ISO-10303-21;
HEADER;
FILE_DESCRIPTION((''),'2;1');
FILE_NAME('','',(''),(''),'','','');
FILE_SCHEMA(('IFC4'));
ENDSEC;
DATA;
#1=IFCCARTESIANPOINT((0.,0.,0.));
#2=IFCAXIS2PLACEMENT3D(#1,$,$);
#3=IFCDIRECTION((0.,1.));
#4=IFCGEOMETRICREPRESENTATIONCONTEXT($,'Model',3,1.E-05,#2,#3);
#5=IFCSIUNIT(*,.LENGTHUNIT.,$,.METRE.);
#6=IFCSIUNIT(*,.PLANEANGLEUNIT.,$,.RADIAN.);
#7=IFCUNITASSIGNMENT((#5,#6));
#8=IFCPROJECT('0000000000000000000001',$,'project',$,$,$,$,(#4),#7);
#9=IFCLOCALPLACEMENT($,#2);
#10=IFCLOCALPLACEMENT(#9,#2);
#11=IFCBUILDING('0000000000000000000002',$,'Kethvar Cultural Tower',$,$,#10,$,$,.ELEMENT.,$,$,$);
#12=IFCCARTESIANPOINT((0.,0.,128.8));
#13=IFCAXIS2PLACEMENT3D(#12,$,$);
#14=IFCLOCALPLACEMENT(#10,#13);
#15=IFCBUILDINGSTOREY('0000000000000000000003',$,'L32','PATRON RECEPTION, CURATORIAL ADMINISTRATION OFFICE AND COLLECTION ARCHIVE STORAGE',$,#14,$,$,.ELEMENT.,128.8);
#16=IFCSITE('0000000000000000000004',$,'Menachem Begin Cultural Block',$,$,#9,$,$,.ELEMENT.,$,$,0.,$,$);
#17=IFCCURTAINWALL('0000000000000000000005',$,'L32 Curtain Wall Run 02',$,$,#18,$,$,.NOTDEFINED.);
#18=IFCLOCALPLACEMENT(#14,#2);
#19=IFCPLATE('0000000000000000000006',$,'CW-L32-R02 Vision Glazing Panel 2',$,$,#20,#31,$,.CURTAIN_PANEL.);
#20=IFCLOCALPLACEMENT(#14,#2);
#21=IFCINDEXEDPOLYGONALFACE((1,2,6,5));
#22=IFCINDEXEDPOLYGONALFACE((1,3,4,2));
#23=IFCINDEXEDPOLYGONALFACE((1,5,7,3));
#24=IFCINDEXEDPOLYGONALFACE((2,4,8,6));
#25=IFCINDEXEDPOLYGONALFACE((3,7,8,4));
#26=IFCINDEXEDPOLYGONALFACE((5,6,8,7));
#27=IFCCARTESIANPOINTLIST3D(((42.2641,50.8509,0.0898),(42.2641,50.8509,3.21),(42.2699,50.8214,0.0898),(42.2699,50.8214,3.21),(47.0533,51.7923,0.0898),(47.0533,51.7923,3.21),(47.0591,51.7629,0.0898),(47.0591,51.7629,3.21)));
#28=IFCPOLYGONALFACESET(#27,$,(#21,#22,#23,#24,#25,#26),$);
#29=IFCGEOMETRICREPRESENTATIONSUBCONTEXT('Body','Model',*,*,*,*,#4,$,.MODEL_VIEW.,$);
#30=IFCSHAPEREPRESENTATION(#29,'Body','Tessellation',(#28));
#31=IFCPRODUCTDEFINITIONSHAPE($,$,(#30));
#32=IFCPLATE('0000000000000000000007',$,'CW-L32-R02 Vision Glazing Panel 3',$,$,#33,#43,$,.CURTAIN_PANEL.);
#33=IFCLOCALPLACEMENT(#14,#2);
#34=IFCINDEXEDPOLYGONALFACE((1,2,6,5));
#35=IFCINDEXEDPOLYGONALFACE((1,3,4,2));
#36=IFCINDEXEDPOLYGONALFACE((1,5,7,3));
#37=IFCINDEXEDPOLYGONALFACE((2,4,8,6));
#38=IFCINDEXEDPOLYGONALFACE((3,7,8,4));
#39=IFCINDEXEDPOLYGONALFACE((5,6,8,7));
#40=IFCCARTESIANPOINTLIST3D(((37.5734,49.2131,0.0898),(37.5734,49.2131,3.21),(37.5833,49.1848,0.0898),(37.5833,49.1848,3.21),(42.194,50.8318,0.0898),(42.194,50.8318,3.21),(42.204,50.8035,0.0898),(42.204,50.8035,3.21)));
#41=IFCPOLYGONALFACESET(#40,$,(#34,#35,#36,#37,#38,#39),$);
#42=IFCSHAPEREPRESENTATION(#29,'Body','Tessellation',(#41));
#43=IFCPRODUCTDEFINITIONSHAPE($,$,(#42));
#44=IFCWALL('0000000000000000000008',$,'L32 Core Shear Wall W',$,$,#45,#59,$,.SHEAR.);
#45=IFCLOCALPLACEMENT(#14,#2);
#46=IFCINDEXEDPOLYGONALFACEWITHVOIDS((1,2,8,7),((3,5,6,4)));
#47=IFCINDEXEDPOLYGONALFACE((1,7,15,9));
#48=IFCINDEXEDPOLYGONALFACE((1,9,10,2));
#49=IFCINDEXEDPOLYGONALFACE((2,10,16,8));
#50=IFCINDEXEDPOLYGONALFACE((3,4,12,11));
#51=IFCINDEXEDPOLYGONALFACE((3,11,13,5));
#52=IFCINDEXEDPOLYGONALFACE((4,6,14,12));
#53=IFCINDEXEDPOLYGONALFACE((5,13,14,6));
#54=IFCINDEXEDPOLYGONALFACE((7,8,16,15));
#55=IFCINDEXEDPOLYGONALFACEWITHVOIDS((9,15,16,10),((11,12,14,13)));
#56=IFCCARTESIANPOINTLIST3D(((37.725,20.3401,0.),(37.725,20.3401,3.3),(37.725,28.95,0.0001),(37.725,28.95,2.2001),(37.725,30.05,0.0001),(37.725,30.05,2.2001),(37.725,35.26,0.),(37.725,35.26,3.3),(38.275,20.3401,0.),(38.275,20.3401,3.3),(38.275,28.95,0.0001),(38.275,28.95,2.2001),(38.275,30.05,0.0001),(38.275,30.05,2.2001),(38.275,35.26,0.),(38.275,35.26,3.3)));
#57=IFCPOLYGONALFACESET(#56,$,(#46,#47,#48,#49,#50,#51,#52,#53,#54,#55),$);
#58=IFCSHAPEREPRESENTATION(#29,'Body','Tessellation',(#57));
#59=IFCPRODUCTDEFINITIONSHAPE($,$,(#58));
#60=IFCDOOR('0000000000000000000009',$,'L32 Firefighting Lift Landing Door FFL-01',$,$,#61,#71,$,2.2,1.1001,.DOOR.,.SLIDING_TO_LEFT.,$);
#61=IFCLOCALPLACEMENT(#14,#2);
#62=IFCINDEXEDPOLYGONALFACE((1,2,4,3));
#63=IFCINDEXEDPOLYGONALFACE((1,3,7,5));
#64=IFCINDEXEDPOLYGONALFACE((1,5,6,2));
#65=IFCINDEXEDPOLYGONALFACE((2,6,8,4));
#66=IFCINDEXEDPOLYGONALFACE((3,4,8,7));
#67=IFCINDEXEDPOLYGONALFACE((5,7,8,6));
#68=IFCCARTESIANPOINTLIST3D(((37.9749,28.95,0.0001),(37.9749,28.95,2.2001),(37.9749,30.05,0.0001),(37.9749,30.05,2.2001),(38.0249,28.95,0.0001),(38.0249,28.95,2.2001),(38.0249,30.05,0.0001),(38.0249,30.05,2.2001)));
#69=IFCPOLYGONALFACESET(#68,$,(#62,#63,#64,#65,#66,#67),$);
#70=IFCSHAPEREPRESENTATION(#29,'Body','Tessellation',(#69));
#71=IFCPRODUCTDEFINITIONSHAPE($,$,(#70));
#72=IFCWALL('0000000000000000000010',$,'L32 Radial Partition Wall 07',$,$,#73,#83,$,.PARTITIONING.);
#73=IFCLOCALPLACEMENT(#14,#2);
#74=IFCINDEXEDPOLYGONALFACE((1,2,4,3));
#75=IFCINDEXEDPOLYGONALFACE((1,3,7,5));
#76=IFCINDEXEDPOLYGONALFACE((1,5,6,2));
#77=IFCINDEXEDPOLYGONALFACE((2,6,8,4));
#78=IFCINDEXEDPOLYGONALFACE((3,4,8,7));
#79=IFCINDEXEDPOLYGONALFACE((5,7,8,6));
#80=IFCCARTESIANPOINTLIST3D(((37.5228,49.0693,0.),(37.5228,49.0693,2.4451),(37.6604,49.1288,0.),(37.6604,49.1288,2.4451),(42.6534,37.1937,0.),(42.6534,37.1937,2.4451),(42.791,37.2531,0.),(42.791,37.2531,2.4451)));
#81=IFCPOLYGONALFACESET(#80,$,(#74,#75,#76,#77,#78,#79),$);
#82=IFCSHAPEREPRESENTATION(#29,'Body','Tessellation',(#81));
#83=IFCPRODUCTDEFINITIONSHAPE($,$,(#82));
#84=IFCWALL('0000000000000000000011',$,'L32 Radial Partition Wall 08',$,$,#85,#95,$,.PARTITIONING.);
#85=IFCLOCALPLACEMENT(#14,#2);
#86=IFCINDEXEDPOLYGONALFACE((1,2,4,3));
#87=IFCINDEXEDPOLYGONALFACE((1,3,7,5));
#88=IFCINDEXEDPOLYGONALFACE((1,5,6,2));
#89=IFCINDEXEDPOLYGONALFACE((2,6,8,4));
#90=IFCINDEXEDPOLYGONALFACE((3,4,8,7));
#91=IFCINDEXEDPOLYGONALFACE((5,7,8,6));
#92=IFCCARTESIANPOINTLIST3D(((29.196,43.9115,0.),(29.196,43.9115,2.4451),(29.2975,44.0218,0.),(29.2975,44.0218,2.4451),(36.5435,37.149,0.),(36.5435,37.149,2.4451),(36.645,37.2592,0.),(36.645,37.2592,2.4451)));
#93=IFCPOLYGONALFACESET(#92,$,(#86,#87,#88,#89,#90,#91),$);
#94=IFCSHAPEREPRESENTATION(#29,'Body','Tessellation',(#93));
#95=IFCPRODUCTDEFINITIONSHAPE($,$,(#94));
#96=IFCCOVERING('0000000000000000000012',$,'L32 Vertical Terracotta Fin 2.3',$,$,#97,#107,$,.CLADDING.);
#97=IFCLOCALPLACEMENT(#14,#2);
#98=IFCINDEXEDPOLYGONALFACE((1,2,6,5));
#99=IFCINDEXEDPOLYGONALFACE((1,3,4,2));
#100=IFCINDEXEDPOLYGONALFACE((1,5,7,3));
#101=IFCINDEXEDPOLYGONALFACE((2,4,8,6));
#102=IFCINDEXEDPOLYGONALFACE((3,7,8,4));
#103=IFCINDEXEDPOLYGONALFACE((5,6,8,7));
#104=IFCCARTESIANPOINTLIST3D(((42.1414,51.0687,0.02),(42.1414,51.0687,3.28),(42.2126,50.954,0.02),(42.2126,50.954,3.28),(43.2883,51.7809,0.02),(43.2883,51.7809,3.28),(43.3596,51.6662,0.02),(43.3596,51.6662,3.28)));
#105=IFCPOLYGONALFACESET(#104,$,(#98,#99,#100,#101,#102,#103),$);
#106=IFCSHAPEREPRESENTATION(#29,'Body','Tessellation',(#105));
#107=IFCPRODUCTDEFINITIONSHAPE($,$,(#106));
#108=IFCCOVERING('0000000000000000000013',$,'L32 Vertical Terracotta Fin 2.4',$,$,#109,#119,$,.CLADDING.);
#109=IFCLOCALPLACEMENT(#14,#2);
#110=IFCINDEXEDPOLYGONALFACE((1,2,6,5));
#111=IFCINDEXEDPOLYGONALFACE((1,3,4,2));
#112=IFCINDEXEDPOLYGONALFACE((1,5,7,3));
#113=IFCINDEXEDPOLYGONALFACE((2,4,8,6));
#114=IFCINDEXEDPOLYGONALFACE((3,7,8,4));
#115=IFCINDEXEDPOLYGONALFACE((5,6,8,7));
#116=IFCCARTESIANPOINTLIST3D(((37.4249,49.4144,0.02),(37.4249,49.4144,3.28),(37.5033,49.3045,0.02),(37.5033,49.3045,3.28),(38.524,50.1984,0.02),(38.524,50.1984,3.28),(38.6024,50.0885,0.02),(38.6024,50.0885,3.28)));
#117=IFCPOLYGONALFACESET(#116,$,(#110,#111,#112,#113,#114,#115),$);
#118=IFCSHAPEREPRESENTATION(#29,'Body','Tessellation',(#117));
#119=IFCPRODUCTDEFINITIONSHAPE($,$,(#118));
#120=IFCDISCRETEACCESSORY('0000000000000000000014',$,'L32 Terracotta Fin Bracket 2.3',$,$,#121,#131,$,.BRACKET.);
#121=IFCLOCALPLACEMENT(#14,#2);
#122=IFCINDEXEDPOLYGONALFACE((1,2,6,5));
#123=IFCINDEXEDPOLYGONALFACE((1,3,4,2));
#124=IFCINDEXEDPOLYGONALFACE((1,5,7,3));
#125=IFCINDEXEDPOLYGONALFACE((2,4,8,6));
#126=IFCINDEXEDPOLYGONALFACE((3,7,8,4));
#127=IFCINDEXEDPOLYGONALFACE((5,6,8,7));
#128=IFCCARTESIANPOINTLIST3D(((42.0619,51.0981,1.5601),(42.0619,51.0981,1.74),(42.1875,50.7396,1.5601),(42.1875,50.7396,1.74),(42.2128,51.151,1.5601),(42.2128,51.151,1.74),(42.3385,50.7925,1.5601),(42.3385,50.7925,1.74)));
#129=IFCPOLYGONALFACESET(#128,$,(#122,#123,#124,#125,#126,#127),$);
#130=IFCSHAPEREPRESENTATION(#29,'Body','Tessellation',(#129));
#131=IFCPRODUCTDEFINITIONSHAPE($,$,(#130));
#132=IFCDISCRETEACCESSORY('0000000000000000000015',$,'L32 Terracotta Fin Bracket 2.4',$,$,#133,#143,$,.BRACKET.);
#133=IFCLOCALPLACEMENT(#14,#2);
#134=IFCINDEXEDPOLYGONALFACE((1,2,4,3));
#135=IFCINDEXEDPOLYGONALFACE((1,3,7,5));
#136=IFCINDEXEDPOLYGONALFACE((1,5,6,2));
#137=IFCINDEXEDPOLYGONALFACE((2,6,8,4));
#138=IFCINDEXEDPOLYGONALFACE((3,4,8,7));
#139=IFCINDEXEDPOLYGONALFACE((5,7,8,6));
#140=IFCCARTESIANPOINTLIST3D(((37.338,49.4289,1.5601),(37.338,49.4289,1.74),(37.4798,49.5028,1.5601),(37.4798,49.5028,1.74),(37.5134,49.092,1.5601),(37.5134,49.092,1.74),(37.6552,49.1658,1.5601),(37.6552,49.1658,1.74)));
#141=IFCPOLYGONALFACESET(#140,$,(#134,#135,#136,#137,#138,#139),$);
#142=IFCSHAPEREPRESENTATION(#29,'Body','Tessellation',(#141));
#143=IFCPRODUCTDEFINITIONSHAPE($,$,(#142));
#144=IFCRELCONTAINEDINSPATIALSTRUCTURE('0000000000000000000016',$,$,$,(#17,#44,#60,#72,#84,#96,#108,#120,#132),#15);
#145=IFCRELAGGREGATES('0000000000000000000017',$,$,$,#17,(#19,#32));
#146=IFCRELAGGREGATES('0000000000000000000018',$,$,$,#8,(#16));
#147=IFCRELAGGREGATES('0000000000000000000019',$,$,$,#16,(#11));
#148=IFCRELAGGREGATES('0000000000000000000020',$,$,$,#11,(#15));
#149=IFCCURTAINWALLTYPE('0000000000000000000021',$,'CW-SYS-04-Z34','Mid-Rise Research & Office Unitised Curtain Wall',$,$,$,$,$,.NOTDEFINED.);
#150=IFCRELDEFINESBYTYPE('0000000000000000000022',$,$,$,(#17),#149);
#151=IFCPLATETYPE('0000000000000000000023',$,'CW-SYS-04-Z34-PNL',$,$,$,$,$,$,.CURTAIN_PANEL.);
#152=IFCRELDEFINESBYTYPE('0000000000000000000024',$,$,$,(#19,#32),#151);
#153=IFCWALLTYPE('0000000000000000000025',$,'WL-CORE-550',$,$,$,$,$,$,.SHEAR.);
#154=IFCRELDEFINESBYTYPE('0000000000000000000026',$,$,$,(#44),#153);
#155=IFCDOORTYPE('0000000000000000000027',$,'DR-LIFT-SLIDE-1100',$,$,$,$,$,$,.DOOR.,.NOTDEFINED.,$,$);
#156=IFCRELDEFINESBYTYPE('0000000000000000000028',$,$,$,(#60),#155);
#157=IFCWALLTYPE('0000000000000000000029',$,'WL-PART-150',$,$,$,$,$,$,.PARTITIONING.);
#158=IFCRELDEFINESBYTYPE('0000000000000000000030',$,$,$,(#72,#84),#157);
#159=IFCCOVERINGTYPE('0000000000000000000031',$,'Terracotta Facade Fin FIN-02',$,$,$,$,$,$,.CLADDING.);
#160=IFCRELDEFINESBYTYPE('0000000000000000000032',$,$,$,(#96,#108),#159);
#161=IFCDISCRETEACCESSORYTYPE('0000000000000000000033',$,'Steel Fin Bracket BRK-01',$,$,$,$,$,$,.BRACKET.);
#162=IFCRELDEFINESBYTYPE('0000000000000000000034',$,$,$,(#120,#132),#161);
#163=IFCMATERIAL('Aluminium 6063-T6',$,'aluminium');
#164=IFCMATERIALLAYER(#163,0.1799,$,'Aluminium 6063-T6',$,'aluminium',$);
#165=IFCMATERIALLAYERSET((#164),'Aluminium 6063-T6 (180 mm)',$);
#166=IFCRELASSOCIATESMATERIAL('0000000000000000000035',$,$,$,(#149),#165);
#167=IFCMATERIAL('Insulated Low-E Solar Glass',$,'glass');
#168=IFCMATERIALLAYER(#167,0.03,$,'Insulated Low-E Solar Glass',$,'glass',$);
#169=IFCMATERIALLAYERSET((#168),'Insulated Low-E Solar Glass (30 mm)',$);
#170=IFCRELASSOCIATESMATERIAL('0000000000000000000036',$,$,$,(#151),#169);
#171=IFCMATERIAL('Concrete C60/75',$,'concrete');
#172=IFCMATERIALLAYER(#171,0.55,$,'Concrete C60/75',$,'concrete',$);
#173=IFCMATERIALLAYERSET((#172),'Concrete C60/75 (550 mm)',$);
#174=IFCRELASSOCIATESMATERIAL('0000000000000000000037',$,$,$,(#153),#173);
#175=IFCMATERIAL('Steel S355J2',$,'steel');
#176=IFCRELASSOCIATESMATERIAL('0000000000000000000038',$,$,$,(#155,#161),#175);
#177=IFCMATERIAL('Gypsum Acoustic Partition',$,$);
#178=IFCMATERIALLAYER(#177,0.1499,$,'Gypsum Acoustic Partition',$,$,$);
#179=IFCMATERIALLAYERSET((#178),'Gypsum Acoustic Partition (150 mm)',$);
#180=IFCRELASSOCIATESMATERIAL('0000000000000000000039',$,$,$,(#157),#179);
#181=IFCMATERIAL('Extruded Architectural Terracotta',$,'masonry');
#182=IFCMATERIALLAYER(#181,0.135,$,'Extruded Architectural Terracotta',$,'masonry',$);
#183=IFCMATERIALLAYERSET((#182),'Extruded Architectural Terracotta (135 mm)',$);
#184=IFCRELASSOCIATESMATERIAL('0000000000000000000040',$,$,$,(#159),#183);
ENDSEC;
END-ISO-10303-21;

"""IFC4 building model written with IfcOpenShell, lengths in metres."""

from ifc_helpers import new_model, si_unit, direction, frame, frame_2d, origin, origin_2d, place, context, subcontext, project, spatial, rectangle, extrude, source, transform, mapped, material, layer, layer_set, type_object, element, fill, aggregate, save


model = new_model("IFC4")

# Units and contexts
model_context = context("Model", 3, precision=1e-05, world=origin(), true_north=direction((0.0, 1.0)))
body_context = subcontext(model_context, "Body", "Model", "MODEL_VIEW")
ifc_project = project(units=[si_unit("LENGTHUNIT", "METRE"), si_unit("PLANEANGLEUNIT", "RADIAN")], contexts=[model_context])

# Site, building, storey
site_placement = place(None, origin())
site = spatial("IfcSite", under=ifc_project, at=site_placement, Name="Menachem Begin Cultural Block", CompositionType="ELEMENT", RefElevation=0.0)
building_placement = place(site_placement, origin())
building = spatial("IfcBuilding", under=site, at=building_placement, Name="Kethvar Cultural Tower", CompositionType="ELEMENT")
storey_placement = place(building_placement, frame((0.0, 0.0, 128.8)))
storey = spatial("IfcBuildingStorey", under=building, at=storey_placement, Name="L32", Description="PATRON RECEPTION, CURATORIAL ADMINISTRATION OFFICE AND COLLECTION ARCHIVE STORAGE", CompositionType="ELEMENT", Elevation=128.8)

# Shared definitions
ifc_material_1 = material(Name="Steel S355J2", Category="steel")

# Curtain wall, plates
ifc_material_2 = material(Name="Aluminium 6063-T6", Category="aluminium")
ifc_layer_1 = layer(ifc_material_2, 0.1799, Name="Aluminium 6063-T6", Category="aluminium")
ifc_layer_set_1 = layer_set([ifc_layer_1], Name="Aluminium 6063-T6 (180 mm)")
curtain_wall_type = type_object("IfcCurtainWallType", Name="CW-SYS-04-Z34", Description="Mid-Rise Research & Office Unitised Curtain Wall", PredefinedType="NOTDEFINED", material=ifc_layer_set_1)
curtain_wall_placement = place(storey_placement, origin())
curtain_wall = element("IfcCurtainWall", 1, at=curtain_wall_placement, inside=storey, type_object=curtain_wall_type, Name="L32 Curtain Wall Run 02", PredefinedType="NOTDEFINED")
ifc_material_3 = material(Name="Insulated Low-E Solar Glass", Category="glass")
ifc_layer_2 = layer(ifc_material_3, 0.03, Name="Insulated Low-E Solar Glass", Category="glass")
ifc_layer_set_2 = layer_set([ifc_layer_2], Name="Insulated Low-E Solar Glass (30 mm)")
plate_type = type_object("IfcPlateType", Name="CW-SYS-04-Z34-PNL", PredefinedType="CURTAIN_PANEL", material=ifc_layer_set_2)
shared_shape_1 = source(origin(), body_context, "Body", "SweptSolid", [
    extrude(rectangle(XDim=4.8809, YDim=0.03, at=origin_2d()), origin(), (0.0, 0.0, 1.0), 3.1201),
])
plate_1_placement = place(storey_placement, frame((44.6616, 51.3069, 0.0898), z_axis=(0.0, 0.0, 1.0), x_axis=(-0.981222, -0.192882, 0.0)))
plate_1 = element("IfcPlate", 2, at=plate_1_placement, type_object=plate_type, Name="CW-L32-R02 Vision Glazing Panel 2", PredefinedType="CURTAIN_PANEL", context=body_context, shape_type="MappedRepresentation", body=[
    mapped(shared_shape_1, transform((0.0, 0.0, 0.0), scale=1.0)),
])
shared_shape_2 = source(origin(), body_context, "Body", "SweptSolid", [
    extrude(rectangle(XDim=4.896, YDim=0.03, at=origin_2d()), origin(), (0.0, 0.0, 1.0), 3.1201),
])
plate_2_placement = place(storey_placement, frame((39.8887, 50.0083, 0.0898), z_axis=(0.0, 0.0, 1.0), x_axis=(-0.943766, -0.330613, 0.0)))
plate_2 = element("IfcPlate", 3, at=plate_2_placement, type_object=plate_type, Name="CW-L32-R02 Vision Glazing Panel 3", PredefinedType="CURTAIN_PANEL", context=body_context, shape_type="MappedRepresentation", body=[
    mapped(shared_shape_2, transform((0.0, 0.0, 0.0), scale=1.0)),
])
aggregate(curtain_wall, [plate_1, plate_2])

# Wall, opening, door
ifc_material_4 = material(Name="Concrete C60/75", Category="concrete")
ifc_layer_3 = layer(ifc_material_4, 0.55, Name="Concrete C60/75", Category="concrete")
ifc_layer_set_3 = layer_set([ifc_layer_3], Name="Concrete C60/75 (550 mm)")
wall_type_1 = type_object("IfcWallType", Name="WL-CORE-550", PredefinedType="SHEAR", material=ifc_layer_set_3)
wall_1_placement = place(storey_placement, frame((38.0, 35.26, 0.0), z_axis=(0.0, 0.0, 1.0), x_axis=(0.0, -1.0, 0.0)))
wall_1 = element("IfcWall", 4, at=wall_1_placement, inside=storey, type_object=wall_type_1, Name="L32 Core Shear Wall W", PredefinedType="SHEAR", context=body_context, shape_type="SweptSolid", body=[
    extrude(rectangle(XDim=14.9199, YDim=0.55, at=frame_2d((7.46, 0.0))), origin(), (0.0, 0.0, 1.0), 3.3),
])
opening_placement = place(wall_1_placement, frame((5.21, 0.0, 0.0)))
opening = element("IfcOpeningElement", 5, at=opening_placement, cuts=wall_1, PredefinedType="OPENING", context=body_context, shape_type="SweptSolid", body=[
    extrude(rectangle(XDim=1.1001, YDim=2.2, at=frame_2d((0.55, 1.1001))), frame((0.0, 0.2849, 0.0), z_axis=(0.0, -1.0, 0.0), x_axis=(1.0, 0.0, 0.0)), (0.0, 0.0, 1.0), 0.5701),
])
door_type = type_object("IfcDoorType", Name="DR-LIFT-SLIDE-1100", OperationType="NOTDEFINED", PredefinedType="DOOR", material=ifc_material_1)
shared_shape_3 = source(origin(), body_context, "Body", "SweptSolid", [
    extrude(rectangle(XDim=1.1001, YDim=2.2, at=frame_2d((0.55, 1.1001))), frame((0.0, 0.0249, 0.0), z_axis=(0.0, -1.0, 0.0), x_axis=(1.0, 0.0, 0.0)), (0.0, 0.0, 1.0), 0.05),
])
door_placement = place(opening_placement, origin())
door = element("IfcDoor", 6, at=door_placement, inside=storey, type_object=door_type, Name="L32 Firefighting Lift Landing Door FFL-01", OperationType="SLIDING_TO_LEFT", OverallHeight=2.2, OverallWidth=1.1001, PredefinedType="DOOR", context=body_context, shape_type="MappedRepresentation", body=[
    mapped(shared_shape_3, transform((0.0, 0.0, 0.0), scale=1.0)),
])
fill(opening, door)

# Walls
ifc_material_5 = material(Name="Gypsum Acoustic Partition")
ifc_layer_4 = layer(ifc_material_5, 0.1499, Name="Gypsum Acoustic Partition")
ifc_layer_set_4 = layer_set([ifc_layer_4], Name="Gypsum Acoustic Partition (150 mm)")
wall_type_2 = type_object("IfcWallType", Name="WL-PART-150", PredefinedType="PARTITIONING", material=ifc_layer_set_4)
wall_2_placement = place(storey_placement, frame((42.7222, 37.2234, 0.0), z_axis=(0.0, 0.0, 1.0), x_axis=(-0.396596, 0.917993, 0.0)))
element("IfcWall", 7, at=wall_2_placement, inside=storey, type_object=wall_type_2, Name="L32 Radial Partition Wall 07", PredefinedType="PARTITIONING", context=body_context, shape_type="SweptSolid", body=[
    extrude(rectangle(XDim=12.9365, YDim=0.1499, at=frame_2d((6.4683, 0.0))), origin(), (0.0, 0.0, 1.0), 2.4451),
])
wall_3_placement = place(storey_placement, frame((36.5942, 37.2041, 0.0), z_axis=(0.0, 0.0, 1.0), x_axis=(-0.73579, 0.67721, 0.0)))
element("IfcWall", 8, at=wall_3_placement, inside=storey, type_object=wall_type_2, Name="L32 Radial Partition Wall 08", PredefinedType="PARTITIONING", context=body_context, shape_type="SweptSolid", body=[
    extrude(rectangle(XDim=9.9858, YDim=0.1499, at=frame_2d((4.9929, 0.0))), origin(), (0.0, 0.0, 1.0), 2.4451),
])

# Coverings
ifc_material_6 = material(Name="Extruded Architectural Terracotta", Category="masonry")
ifc_layer_5 = layer(ifc_material_6, 0.135, Name="Extruded Architectural Terracotta", Category="masonry")
ifc_layer_set_5 = layer_set([ifc_layer_5], Name="Extruded Architectural Terracotta (135 mm)")
covering_type = type_object("IfcCoveringType", Name="Terracotta Facade Fin FIN-02", PredefinedType="CLADDING", material=ifc_layer_set_5)
shared_shape_4 = source(origin(), body_context, "Body", "SweptSolid", [
    extrude(rectangle(XDim=1.3501, YDim=0.135, at=origin_2d()), origin(), (0.0, 0.0, 1.0), 3.26),
])
for number, where, z_axis, x_axis, name in (
    (9, (42.7505, 51.3674, 0.02), (0.0, 0.0, 1.0), (0.849525, 0.527549, 0.0), "L32 Vertical Terracotta Fin 2.3"),
    (10, (38.0137, 49.7515, 0.02), (0.0, 0.0, 1.0), (0.814116, 0.580703, 0.0), "L32 Vertical Terracotta Fin 2.4"),
):
    element("IfcCovering", number, at=place(storey_placement, frame(where, z_axis=z_axis, x_axis=x_axis)), inside=storey, type_object=covering_type, Name=name, PredefinedType="CLADDING", context=body_context, shape_type="MappedRepresentation", body=[
        mapped(shared_shape_4, transform((0.0, 0.0, 0.0), scale=1.0)),
    ])

# Discrete accessories
discrete_accessory_type = type_object("IfcDiscreteAccessoryType", Name="Steel Fin Bracket BRK-01", PredefinedType="BRACKET", material=ifc_material_1)
shared_shape_5 = source(origin(), body_context, "Body", "SweptSolid", [
    extrude(rectangle(XDim=0.3799, YDim=0.1599, at=origin_2d()), origin(), (0.0, 0.0, 1.0), 0.1799),
])
for number, where, z_axis, x_axis, name in (
    (11, (42.2002, 50.9453, 1.5601), (0.0, 0.0, 1.0), (-0.330679, 0.943743, 0.0), "L32 Terracotta Fin Bracket 2.3"),
    (12, (37.4966, 49.2974, 1.5601), (0.0, 0.0, 1.0), (-0.461749, 0.887011, 0.0), "L32 Terracotta Fin Bracket 2.4"),
):
    element("IfcDiscreteAccessory", number, at=place(storey_placement, frame(where, z_axis=z_axis, x_axis=x_axis)), inside=storey, type_object=discrete_accessory_type, Name=name, PredefinedType="BRACKET", context=body_context, shape_type="MappedRepresentation", body=[
        mapped(shared_shape_5, transform((0.0, 0.0, 0.0), scale=1.0)),
    ])

save(model, "model.ifc")
